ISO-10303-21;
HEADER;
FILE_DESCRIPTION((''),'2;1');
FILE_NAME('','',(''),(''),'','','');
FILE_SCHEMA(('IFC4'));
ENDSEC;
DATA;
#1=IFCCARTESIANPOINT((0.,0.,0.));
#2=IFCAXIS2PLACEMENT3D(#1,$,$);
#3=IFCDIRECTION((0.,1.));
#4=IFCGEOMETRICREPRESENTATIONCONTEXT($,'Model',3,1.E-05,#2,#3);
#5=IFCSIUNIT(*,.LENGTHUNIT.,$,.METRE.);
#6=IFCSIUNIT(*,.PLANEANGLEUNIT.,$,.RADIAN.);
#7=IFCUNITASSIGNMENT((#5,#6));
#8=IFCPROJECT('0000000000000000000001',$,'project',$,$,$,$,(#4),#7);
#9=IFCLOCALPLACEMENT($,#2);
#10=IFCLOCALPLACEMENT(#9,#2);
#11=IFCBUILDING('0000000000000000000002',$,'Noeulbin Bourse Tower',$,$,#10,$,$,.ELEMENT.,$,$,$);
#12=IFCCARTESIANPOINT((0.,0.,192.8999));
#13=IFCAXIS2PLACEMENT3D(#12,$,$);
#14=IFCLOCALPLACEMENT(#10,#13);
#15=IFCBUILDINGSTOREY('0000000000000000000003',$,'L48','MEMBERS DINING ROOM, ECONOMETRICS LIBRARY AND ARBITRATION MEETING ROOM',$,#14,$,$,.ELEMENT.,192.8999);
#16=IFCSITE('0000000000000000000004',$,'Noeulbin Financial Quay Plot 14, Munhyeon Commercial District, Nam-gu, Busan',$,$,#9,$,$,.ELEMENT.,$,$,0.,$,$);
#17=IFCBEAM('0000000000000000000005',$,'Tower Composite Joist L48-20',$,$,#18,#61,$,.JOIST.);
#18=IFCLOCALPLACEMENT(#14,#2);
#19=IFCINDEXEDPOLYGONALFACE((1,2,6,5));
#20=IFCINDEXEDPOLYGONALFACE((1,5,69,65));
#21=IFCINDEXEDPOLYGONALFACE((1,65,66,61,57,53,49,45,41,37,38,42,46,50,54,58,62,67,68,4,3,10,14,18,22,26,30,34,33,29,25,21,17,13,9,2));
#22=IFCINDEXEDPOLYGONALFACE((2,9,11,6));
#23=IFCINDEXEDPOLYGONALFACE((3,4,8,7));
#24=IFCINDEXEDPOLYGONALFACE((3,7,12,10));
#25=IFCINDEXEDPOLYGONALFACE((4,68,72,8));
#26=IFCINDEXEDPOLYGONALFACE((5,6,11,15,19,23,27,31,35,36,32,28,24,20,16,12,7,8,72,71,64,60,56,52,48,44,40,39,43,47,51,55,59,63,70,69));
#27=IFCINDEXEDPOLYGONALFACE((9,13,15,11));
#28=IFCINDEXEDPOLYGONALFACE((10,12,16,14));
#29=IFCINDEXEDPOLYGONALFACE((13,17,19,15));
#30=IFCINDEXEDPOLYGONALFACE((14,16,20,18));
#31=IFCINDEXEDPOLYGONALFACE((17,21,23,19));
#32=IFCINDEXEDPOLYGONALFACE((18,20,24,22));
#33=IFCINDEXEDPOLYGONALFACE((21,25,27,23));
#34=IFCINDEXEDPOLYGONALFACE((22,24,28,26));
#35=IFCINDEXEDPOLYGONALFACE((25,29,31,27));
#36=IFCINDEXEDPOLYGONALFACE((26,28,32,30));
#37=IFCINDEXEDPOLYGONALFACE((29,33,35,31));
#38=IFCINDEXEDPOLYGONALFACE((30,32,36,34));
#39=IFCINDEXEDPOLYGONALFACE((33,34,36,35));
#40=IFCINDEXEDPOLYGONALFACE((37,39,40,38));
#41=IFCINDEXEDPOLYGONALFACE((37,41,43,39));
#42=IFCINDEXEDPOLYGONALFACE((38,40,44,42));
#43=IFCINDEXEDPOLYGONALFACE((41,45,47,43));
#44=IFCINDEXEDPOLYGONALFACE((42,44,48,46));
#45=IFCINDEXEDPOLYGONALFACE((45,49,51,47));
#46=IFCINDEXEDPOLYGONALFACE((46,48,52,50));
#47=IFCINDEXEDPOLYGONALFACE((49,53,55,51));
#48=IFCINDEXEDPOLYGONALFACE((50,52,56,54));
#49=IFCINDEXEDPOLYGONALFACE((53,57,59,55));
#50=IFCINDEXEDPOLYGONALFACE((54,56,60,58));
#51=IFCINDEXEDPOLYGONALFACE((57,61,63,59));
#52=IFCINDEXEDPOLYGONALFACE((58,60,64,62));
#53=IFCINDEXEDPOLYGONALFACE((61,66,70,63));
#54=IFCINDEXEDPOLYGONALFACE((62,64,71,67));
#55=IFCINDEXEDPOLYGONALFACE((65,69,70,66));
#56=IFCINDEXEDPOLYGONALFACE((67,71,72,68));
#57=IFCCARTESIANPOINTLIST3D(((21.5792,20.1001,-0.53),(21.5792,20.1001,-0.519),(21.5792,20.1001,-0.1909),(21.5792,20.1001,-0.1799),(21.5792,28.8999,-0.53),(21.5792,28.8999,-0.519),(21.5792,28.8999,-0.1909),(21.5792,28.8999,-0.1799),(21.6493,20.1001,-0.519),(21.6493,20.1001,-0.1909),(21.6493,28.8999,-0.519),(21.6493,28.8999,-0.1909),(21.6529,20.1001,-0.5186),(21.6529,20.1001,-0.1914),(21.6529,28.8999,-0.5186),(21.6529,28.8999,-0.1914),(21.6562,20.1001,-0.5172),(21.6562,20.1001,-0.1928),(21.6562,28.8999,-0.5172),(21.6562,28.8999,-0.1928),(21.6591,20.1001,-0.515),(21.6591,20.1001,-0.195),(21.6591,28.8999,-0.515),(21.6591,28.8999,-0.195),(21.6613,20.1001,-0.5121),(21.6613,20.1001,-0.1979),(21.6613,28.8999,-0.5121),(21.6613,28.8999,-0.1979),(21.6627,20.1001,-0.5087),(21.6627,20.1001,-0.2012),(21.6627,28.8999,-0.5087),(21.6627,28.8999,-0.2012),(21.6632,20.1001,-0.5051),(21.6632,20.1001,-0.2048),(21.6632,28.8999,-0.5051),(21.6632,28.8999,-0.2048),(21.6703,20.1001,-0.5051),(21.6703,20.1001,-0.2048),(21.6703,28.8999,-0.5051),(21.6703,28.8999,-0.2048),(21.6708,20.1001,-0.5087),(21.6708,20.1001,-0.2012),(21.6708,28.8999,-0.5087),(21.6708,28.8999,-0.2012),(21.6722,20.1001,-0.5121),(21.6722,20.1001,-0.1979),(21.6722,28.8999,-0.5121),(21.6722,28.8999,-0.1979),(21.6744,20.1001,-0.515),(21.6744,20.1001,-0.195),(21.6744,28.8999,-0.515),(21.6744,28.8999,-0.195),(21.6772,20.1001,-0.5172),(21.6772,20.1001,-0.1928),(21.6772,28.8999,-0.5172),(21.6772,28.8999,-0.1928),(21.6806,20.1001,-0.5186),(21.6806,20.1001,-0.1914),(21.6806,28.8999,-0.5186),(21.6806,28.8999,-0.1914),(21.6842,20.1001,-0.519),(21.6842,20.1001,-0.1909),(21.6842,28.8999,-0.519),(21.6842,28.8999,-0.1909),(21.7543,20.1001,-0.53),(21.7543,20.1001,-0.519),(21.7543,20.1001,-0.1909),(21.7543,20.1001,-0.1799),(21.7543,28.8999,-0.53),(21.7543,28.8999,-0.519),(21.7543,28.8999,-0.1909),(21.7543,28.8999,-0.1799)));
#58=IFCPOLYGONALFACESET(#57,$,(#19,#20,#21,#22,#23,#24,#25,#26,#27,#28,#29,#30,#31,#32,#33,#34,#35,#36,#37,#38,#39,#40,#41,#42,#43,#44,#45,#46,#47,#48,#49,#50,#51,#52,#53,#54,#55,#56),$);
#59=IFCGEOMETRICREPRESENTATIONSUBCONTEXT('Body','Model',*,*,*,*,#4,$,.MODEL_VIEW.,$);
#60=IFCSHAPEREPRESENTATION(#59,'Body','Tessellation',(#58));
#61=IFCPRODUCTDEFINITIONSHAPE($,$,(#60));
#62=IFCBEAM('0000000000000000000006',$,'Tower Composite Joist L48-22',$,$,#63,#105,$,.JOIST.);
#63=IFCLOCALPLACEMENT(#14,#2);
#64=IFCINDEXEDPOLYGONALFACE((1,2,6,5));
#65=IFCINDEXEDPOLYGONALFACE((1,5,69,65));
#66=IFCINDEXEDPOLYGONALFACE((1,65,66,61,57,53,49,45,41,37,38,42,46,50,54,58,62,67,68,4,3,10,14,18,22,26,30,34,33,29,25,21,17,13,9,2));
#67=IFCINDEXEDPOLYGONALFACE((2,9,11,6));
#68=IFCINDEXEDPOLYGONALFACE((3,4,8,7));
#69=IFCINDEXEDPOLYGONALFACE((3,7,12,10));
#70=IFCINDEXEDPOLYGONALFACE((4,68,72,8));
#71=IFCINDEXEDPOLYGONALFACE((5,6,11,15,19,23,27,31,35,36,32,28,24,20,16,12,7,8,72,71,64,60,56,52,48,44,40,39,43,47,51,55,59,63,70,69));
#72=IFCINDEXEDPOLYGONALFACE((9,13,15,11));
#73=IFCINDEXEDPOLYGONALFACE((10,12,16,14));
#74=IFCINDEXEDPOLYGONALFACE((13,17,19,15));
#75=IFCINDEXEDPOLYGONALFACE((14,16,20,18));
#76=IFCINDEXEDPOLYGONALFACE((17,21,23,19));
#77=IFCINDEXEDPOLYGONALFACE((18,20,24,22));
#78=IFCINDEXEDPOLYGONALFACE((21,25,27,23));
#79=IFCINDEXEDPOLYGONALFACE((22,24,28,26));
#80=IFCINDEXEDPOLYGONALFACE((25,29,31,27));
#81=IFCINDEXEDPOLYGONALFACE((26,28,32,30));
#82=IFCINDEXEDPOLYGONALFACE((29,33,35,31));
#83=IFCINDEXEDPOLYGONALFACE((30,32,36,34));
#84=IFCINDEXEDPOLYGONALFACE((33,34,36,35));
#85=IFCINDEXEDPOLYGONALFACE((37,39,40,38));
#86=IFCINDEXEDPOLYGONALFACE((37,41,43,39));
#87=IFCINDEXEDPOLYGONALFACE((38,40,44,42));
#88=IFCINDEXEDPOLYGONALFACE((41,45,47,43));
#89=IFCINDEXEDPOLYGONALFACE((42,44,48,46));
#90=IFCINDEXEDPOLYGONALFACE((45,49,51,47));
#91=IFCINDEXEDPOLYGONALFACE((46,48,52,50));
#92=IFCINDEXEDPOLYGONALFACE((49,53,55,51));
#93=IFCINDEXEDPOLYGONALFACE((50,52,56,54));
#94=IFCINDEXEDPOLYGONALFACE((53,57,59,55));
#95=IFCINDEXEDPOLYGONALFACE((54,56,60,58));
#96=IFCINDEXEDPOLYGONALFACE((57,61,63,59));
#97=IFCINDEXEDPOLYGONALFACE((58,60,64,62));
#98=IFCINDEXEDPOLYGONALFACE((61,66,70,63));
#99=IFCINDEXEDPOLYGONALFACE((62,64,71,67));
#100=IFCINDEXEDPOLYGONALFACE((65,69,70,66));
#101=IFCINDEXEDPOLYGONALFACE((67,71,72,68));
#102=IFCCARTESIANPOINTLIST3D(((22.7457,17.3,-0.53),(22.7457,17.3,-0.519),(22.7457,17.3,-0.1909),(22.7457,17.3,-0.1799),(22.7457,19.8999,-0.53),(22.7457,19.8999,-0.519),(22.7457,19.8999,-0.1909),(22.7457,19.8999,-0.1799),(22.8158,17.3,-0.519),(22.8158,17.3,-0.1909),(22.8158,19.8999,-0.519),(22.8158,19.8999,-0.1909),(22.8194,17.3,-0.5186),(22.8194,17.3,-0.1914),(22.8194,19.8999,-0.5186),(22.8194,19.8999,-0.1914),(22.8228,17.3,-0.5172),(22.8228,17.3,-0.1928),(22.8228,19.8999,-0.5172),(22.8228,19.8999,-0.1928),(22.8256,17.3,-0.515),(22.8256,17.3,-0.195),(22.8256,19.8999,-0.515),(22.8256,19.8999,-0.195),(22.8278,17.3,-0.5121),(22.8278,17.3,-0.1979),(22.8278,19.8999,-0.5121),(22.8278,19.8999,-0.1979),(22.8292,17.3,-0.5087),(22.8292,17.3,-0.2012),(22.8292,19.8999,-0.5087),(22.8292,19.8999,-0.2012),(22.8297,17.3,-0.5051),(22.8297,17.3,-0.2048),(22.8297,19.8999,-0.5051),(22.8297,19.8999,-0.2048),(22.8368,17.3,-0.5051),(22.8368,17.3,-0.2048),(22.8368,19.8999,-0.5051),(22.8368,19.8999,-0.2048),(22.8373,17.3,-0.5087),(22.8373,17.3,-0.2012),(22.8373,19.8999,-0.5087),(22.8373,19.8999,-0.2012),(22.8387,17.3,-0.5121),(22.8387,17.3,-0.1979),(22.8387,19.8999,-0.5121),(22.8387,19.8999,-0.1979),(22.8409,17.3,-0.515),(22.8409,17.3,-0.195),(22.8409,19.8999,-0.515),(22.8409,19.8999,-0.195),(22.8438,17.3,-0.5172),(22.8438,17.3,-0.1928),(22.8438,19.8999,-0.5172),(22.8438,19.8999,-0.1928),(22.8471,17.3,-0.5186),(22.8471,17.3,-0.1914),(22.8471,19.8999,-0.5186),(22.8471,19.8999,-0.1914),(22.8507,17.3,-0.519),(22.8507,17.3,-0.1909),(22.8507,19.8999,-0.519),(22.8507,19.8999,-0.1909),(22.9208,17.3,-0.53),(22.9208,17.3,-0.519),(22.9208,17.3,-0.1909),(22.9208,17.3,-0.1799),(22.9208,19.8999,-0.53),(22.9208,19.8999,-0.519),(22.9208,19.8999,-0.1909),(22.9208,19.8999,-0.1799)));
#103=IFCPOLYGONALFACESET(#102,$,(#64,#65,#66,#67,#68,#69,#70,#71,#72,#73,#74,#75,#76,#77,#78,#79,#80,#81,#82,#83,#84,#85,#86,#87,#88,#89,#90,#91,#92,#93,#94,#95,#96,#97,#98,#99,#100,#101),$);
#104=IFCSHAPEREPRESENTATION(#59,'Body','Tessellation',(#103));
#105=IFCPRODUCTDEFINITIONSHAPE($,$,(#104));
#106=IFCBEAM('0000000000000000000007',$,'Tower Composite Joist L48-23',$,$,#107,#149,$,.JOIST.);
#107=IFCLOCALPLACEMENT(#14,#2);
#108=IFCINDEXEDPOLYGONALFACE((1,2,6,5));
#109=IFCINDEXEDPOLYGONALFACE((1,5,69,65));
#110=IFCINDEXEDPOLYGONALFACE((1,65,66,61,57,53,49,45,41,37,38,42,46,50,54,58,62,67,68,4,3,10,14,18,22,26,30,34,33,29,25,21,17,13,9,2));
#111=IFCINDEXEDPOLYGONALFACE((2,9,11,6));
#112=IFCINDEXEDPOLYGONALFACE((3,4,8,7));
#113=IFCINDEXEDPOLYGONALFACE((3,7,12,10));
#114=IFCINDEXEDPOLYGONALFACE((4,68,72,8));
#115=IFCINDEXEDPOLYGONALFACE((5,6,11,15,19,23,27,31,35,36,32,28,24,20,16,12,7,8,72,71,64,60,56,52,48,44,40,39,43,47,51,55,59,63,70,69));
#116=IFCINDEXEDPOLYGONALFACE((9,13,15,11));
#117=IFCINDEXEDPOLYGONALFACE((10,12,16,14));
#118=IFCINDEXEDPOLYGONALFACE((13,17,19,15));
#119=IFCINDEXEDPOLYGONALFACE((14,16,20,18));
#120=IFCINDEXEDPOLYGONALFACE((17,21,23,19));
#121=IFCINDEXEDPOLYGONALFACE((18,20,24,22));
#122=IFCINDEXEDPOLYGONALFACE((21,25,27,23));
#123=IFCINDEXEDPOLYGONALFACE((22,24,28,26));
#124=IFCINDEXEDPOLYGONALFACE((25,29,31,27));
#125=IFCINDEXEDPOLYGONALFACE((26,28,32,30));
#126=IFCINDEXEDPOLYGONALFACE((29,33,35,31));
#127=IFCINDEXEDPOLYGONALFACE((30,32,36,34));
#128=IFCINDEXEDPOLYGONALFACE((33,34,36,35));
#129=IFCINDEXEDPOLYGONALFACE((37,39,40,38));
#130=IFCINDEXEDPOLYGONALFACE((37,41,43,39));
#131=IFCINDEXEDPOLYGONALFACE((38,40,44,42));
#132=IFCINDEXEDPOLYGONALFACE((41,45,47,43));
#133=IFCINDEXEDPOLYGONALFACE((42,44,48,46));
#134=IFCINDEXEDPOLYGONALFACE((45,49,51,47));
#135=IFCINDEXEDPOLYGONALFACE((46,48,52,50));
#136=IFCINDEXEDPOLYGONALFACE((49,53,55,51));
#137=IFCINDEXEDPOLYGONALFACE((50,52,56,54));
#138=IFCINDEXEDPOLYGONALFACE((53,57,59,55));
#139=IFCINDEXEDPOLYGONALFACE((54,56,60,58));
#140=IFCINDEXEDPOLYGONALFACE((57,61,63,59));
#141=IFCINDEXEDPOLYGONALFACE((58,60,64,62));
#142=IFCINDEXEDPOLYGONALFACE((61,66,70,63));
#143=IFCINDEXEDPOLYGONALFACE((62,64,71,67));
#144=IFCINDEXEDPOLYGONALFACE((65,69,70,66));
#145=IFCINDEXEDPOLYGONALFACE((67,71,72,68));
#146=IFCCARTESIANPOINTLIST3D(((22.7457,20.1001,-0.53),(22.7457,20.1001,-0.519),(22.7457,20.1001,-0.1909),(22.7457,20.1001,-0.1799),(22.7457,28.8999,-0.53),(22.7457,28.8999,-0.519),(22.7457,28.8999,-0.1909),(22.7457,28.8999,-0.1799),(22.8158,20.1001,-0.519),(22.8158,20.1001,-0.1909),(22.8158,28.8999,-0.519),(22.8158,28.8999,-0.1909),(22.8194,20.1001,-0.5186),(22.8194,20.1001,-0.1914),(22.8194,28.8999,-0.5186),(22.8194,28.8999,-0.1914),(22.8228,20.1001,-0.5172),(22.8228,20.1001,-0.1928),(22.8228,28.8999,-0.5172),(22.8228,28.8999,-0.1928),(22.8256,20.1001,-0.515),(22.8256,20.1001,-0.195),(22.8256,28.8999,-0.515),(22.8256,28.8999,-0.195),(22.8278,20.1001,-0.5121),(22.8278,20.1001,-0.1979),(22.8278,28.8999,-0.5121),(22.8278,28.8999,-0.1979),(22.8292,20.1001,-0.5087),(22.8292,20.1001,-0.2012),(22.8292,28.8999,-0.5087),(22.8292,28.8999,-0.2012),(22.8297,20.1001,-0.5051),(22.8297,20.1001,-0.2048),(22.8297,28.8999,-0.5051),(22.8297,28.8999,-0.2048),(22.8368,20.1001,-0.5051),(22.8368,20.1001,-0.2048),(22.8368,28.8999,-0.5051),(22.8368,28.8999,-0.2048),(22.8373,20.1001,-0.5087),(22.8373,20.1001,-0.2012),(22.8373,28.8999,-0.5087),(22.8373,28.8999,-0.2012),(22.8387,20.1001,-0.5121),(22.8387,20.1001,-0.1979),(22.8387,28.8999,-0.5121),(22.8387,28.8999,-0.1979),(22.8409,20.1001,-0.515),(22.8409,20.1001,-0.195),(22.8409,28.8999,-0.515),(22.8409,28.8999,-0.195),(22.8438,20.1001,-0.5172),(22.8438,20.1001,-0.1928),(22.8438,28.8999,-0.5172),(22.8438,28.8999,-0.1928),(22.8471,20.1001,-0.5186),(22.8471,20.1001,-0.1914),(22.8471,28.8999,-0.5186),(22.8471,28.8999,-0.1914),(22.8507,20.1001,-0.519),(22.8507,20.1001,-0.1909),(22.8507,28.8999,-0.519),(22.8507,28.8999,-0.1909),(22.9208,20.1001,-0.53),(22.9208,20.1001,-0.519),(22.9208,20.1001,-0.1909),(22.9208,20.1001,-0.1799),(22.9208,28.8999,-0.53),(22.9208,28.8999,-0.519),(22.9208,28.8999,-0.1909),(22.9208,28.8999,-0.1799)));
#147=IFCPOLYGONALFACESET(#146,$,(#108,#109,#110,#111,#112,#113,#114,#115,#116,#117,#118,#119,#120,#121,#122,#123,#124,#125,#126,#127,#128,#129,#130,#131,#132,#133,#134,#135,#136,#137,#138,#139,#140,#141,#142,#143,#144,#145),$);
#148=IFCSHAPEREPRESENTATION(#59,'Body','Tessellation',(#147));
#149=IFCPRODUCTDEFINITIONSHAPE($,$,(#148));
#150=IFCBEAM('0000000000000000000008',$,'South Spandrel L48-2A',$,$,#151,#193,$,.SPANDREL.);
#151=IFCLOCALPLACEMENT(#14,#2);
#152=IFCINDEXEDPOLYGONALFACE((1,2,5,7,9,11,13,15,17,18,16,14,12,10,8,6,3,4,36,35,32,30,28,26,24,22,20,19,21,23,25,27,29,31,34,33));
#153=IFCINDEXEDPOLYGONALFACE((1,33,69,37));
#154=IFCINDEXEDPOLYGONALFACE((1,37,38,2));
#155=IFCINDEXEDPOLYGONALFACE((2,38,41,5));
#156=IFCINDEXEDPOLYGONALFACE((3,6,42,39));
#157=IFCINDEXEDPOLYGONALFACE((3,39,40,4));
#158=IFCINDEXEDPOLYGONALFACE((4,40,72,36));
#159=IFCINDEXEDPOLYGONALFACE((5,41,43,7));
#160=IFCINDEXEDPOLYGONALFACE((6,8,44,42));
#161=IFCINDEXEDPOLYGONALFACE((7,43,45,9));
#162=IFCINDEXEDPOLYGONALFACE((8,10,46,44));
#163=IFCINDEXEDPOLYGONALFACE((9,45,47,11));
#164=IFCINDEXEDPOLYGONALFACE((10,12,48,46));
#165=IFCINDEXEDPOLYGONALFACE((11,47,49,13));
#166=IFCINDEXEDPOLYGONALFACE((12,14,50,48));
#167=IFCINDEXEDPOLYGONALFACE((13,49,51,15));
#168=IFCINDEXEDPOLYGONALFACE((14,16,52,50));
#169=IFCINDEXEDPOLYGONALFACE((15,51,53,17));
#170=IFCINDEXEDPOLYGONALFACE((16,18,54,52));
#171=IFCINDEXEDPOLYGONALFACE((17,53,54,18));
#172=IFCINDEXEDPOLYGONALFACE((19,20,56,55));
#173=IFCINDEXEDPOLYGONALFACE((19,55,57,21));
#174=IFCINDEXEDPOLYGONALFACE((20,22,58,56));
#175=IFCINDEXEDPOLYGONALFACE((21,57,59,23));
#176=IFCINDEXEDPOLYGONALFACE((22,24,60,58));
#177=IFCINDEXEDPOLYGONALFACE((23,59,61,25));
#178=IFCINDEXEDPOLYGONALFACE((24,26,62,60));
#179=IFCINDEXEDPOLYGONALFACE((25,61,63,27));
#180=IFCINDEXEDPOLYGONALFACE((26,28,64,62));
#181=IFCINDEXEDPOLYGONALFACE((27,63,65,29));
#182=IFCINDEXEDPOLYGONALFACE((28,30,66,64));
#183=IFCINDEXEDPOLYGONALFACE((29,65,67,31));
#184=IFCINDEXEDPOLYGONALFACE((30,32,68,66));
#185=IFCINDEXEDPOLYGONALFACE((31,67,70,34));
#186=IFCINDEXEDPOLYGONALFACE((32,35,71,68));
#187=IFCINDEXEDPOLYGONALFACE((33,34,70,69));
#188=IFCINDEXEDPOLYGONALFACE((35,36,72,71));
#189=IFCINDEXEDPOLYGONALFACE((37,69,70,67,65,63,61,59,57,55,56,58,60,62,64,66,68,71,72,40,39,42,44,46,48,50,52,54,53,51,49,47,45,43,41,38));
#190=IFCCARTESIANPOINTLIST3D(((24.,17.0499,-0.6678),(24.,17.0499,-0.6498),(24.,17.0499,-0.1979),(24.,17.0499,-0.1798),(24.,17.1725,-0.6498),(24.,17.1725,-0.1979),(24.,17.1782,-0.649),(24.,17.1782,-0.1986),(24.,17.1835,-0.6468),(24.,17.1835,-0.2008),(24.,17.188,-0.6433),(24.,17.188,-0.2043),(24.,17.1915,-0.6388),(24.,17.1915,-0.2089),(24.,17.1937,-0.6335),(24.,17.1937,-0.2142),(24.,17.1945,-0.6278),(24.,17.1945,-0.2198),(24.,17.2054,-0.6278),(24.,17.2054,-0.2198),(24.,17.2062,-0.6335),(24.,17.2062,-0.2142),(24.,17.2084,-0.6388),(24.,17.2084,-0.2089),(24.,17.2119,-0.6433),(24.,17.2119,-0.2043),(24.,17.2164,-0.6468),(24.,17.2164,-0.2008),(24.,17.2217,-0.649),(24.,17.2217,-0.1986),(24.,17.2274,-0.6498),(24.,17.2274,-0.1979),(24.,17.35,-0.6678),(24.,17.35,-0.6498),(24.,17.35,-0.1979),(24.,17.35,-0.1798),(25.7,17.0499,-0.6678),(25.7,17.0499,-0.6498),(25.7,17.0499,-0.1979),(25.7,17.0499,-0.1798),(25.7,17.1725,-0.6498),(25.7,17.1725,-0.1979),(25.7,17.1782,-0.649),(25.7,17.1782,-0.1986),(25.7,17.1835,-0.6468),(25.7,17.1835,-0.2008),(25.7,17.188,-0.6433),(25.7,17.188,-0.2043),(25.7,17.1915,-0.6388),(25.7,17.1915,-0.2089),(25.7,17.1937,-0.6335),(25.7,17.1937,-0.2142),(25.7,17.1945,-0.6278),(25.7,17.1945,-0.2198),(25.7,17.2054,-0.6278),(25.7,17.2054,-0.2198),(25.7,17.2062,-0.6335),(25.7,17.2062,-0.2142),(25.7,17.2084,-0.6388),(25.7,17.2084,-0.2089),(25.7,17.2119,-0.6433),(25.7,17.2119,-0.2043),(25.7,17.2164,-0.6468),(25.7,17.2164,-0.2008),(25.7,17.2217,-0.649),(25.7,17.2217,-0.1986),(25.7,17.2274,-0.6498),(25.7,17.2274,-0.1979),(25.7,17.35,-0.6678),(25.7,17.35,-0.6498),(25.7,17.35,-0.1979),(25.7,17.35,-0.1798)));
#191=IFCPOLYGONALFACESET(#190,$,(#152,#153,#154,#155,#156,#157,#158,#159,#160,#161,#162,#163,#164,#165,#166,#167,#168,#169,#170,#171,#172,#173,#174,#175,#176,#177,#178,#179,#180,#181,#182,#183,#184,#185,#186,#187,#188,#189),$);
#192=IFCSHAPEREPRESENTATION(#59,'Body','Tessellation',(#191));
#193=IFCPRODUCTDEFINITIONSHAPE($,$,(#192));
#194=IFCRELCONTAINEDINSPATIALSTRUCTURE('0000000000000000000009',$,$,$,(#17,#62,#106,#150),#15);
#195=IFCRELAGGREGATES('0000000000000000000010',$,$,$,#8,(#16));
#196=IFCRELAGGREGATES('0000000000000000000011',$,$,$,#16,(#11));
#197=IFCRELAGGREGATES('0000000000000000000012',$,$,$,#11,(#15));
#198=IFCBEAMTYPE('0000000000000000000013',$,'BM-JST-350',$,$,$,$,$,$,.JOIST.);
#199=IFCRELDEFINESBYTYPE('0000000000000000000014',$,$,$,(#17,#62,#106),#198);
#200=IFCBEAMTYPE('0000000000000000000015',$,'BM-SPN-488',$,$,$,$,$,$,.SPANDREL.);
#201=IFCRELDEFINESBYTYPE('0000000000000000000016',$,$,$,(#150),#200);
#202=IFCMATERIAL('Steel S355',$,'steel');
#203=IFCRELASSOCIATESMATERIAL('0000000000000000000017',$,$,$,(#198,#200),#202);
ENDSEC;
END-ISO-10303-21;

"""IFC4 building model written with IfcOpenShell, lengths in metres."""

from ifc_helpers import new_model, si_unit, direction, frame, origin, origin_2d, place, context, subcontext, project, spatial, i_section, extrude, material, material_profile, profile_set, type_object, element, save


model = new_model("IFC4")

# Units and contexts
model_context = context("Model", 3, precision=1e-05, world=origin(), true_north=direction((0.0, 1.0)))
body_context = subcontext(model_context, "Body", "Model", "MODEL_VIEW")
ifc_project = project(units=[si_unit("LENGTHUNIT", "METRE"), si_unit("PLANEANGLEUNIT", "RADIAN")], contexts=[model_context])

# Site, building, storey
site_placement = place(None, origin())
site = spatial("IfcSite", under=ifc_project, at=site_placement, Name="Noeulbin Financial Quay Plot 14, Munhyeon Commercial District, Nam-gu, Busan", CompositionType="ELEMENT", RefElevation=0.0)
building_placement = place(site_placement, origin())
building = spatial("IfcBuilding", under=site, at=building_placement, Name="Noeulbin Bourse Tower", CompositionType="ELEMENT")
storey_placement = place(building_placement, frame((0.0, 0.0, 192.8999)))
storey = spatial("IfcBuildingStorey", under=building, at=storey_placement, Name="L48", Description="MEMBERS DINING ROOM, ECONOMETRICS LIBRARY AND ARBITRATION MEETING ROOM", CompositionType="ELEMENT", Elevation=192.8999)

# Shared definitions
ifc_material_1 = material(Name="Steel S355", Category="steel")

# Beams
ifc_material_profile_1 = material_profile(ifc_material_1, i_section(OverallWidth=0.175, OverallDepth=0.3501, WebThickness=0.0071, FlangeThickness=0.011, FilletRadius=0.0139, at=origin_2d()), Name="H-350x175x7x11", Category="LoadBearing")
ifc_profile_set_1 = profile_set([ifc_material_profile_1], Name="Steel S355")
beam_type_1 = type_object("IfcBeamType", Name="BM-JST-350", PredefinedType="JOIST", material=ifc_profile_set_1)
beam_1_placement = place(storey_placement, frame((21.6667, 20.1001, -0.355), z_axis=(0.0, 1.0, 0.0), x_axis=(-1.0, 0.0, 0.0)))
element("IfcBeam", 1, at=beam_1_placement, inside=storey, type_object=beam_type_1, Name="Tower Composite Joist L48-20", PredefinedType="JOIST", context=body_context, shape_type="SweptSolid", body=[
    extrude(i_section(OverallWidth=0.175, OverallDepth=0.3501, WebThickness=0.0071, FlangeThickness=0.011, FilletRadius=0.0139, at=origin_2d()), origin(), (0.0, 0.0, 1.0), 8.7998),
])
beam_2_placement = place(storey_placement, frame((22.8333, 17.3, -0.355), z_axis=(0.0, 1.0, 0.0), x_axis=(-1.0, 0.0, 0.0)))
element("IfcBeam", 2, at=beam_2_placement, inside=storey, type_object=beam_type_1, Name="Tower Composite Joist L48-22", PredefinedType="JOIST", context=body_context, shape_type="SweptSolid", body=[
    extrude(i_section(OverallWidth=0.175, OverallDepth=0.3501, WebThickness=0.0071, FlangeThickness=0.011, FilletRadius=0.0139, at=origin_2d()), origin(), (0.0, 0.0, 1.0), 2.5999),
])
beam_3_placement = place(storey_placement, frame((22.8333, 20.1001, -0.355), z_axis=(0.0, 1.0, 0.0), x_axis=(-1.0, 0.0, 0.0)))
element("IfcBeam", 3, at=beam_3_placement, inside=storey, type_object=beam_type_1, Name="Tower Composite Joist L48-23", PredefinedType="JOIST", context=body_context, shape_type="SweptSolid", body=[
    extrude(i_section(OverallWidth=0.175, OverallDepth=0.3501, WebThickness=0.0071, FlangeThickness=0.011, FilletRadius=0.0139, at=origin_2d()), origin(), (0.0, 0.0, 1.0), 8.7998),
])
ifc_material_profile_2 = material_profile(ifc_material_1, i_section(OverallWidth=0.3, OverallDepth=0.488, WebThickness=0.011, FlangeThickness=0.0181, FilletRadius=0.022, at=origin_2d()), Name="H-488x300x11x18", Category="LoadBearing")
ifc_profile_set_2 = profile_set([ifc_material_profile_2], Name="Steel S355")
beam_type_2 = type_object("IfcBeamType", Name="BM-SPN-488", PredefinedType="SPANDREL", material=ifc_profile_set_2)
beam_4_placement = place(storey_placement, frame((24.0, 17.2, -0.4238), z_axis=(1.0, 0.0, 0.0), x_axis=(0.0, 1.0, 0.0)))
element("IfcBeam", 4, at=beam_4_placement, inside=storey, type_object=beam_type_2, Name="South Spandrel L48-2A", PredefinedType="SPANDREL", context=body_context, shape_type="SweptSolid", body=[
    extrude(i_section(OverallWidth=0.3, OverallDepth=0.488, WebThickness=0.011, FlangeThickness=0.0181, FilletRadius=0.022, at=origin_2d()), origin(), (0.0, 0.0, 1.0), 1.7),
])

save(model, "model.ifc")
